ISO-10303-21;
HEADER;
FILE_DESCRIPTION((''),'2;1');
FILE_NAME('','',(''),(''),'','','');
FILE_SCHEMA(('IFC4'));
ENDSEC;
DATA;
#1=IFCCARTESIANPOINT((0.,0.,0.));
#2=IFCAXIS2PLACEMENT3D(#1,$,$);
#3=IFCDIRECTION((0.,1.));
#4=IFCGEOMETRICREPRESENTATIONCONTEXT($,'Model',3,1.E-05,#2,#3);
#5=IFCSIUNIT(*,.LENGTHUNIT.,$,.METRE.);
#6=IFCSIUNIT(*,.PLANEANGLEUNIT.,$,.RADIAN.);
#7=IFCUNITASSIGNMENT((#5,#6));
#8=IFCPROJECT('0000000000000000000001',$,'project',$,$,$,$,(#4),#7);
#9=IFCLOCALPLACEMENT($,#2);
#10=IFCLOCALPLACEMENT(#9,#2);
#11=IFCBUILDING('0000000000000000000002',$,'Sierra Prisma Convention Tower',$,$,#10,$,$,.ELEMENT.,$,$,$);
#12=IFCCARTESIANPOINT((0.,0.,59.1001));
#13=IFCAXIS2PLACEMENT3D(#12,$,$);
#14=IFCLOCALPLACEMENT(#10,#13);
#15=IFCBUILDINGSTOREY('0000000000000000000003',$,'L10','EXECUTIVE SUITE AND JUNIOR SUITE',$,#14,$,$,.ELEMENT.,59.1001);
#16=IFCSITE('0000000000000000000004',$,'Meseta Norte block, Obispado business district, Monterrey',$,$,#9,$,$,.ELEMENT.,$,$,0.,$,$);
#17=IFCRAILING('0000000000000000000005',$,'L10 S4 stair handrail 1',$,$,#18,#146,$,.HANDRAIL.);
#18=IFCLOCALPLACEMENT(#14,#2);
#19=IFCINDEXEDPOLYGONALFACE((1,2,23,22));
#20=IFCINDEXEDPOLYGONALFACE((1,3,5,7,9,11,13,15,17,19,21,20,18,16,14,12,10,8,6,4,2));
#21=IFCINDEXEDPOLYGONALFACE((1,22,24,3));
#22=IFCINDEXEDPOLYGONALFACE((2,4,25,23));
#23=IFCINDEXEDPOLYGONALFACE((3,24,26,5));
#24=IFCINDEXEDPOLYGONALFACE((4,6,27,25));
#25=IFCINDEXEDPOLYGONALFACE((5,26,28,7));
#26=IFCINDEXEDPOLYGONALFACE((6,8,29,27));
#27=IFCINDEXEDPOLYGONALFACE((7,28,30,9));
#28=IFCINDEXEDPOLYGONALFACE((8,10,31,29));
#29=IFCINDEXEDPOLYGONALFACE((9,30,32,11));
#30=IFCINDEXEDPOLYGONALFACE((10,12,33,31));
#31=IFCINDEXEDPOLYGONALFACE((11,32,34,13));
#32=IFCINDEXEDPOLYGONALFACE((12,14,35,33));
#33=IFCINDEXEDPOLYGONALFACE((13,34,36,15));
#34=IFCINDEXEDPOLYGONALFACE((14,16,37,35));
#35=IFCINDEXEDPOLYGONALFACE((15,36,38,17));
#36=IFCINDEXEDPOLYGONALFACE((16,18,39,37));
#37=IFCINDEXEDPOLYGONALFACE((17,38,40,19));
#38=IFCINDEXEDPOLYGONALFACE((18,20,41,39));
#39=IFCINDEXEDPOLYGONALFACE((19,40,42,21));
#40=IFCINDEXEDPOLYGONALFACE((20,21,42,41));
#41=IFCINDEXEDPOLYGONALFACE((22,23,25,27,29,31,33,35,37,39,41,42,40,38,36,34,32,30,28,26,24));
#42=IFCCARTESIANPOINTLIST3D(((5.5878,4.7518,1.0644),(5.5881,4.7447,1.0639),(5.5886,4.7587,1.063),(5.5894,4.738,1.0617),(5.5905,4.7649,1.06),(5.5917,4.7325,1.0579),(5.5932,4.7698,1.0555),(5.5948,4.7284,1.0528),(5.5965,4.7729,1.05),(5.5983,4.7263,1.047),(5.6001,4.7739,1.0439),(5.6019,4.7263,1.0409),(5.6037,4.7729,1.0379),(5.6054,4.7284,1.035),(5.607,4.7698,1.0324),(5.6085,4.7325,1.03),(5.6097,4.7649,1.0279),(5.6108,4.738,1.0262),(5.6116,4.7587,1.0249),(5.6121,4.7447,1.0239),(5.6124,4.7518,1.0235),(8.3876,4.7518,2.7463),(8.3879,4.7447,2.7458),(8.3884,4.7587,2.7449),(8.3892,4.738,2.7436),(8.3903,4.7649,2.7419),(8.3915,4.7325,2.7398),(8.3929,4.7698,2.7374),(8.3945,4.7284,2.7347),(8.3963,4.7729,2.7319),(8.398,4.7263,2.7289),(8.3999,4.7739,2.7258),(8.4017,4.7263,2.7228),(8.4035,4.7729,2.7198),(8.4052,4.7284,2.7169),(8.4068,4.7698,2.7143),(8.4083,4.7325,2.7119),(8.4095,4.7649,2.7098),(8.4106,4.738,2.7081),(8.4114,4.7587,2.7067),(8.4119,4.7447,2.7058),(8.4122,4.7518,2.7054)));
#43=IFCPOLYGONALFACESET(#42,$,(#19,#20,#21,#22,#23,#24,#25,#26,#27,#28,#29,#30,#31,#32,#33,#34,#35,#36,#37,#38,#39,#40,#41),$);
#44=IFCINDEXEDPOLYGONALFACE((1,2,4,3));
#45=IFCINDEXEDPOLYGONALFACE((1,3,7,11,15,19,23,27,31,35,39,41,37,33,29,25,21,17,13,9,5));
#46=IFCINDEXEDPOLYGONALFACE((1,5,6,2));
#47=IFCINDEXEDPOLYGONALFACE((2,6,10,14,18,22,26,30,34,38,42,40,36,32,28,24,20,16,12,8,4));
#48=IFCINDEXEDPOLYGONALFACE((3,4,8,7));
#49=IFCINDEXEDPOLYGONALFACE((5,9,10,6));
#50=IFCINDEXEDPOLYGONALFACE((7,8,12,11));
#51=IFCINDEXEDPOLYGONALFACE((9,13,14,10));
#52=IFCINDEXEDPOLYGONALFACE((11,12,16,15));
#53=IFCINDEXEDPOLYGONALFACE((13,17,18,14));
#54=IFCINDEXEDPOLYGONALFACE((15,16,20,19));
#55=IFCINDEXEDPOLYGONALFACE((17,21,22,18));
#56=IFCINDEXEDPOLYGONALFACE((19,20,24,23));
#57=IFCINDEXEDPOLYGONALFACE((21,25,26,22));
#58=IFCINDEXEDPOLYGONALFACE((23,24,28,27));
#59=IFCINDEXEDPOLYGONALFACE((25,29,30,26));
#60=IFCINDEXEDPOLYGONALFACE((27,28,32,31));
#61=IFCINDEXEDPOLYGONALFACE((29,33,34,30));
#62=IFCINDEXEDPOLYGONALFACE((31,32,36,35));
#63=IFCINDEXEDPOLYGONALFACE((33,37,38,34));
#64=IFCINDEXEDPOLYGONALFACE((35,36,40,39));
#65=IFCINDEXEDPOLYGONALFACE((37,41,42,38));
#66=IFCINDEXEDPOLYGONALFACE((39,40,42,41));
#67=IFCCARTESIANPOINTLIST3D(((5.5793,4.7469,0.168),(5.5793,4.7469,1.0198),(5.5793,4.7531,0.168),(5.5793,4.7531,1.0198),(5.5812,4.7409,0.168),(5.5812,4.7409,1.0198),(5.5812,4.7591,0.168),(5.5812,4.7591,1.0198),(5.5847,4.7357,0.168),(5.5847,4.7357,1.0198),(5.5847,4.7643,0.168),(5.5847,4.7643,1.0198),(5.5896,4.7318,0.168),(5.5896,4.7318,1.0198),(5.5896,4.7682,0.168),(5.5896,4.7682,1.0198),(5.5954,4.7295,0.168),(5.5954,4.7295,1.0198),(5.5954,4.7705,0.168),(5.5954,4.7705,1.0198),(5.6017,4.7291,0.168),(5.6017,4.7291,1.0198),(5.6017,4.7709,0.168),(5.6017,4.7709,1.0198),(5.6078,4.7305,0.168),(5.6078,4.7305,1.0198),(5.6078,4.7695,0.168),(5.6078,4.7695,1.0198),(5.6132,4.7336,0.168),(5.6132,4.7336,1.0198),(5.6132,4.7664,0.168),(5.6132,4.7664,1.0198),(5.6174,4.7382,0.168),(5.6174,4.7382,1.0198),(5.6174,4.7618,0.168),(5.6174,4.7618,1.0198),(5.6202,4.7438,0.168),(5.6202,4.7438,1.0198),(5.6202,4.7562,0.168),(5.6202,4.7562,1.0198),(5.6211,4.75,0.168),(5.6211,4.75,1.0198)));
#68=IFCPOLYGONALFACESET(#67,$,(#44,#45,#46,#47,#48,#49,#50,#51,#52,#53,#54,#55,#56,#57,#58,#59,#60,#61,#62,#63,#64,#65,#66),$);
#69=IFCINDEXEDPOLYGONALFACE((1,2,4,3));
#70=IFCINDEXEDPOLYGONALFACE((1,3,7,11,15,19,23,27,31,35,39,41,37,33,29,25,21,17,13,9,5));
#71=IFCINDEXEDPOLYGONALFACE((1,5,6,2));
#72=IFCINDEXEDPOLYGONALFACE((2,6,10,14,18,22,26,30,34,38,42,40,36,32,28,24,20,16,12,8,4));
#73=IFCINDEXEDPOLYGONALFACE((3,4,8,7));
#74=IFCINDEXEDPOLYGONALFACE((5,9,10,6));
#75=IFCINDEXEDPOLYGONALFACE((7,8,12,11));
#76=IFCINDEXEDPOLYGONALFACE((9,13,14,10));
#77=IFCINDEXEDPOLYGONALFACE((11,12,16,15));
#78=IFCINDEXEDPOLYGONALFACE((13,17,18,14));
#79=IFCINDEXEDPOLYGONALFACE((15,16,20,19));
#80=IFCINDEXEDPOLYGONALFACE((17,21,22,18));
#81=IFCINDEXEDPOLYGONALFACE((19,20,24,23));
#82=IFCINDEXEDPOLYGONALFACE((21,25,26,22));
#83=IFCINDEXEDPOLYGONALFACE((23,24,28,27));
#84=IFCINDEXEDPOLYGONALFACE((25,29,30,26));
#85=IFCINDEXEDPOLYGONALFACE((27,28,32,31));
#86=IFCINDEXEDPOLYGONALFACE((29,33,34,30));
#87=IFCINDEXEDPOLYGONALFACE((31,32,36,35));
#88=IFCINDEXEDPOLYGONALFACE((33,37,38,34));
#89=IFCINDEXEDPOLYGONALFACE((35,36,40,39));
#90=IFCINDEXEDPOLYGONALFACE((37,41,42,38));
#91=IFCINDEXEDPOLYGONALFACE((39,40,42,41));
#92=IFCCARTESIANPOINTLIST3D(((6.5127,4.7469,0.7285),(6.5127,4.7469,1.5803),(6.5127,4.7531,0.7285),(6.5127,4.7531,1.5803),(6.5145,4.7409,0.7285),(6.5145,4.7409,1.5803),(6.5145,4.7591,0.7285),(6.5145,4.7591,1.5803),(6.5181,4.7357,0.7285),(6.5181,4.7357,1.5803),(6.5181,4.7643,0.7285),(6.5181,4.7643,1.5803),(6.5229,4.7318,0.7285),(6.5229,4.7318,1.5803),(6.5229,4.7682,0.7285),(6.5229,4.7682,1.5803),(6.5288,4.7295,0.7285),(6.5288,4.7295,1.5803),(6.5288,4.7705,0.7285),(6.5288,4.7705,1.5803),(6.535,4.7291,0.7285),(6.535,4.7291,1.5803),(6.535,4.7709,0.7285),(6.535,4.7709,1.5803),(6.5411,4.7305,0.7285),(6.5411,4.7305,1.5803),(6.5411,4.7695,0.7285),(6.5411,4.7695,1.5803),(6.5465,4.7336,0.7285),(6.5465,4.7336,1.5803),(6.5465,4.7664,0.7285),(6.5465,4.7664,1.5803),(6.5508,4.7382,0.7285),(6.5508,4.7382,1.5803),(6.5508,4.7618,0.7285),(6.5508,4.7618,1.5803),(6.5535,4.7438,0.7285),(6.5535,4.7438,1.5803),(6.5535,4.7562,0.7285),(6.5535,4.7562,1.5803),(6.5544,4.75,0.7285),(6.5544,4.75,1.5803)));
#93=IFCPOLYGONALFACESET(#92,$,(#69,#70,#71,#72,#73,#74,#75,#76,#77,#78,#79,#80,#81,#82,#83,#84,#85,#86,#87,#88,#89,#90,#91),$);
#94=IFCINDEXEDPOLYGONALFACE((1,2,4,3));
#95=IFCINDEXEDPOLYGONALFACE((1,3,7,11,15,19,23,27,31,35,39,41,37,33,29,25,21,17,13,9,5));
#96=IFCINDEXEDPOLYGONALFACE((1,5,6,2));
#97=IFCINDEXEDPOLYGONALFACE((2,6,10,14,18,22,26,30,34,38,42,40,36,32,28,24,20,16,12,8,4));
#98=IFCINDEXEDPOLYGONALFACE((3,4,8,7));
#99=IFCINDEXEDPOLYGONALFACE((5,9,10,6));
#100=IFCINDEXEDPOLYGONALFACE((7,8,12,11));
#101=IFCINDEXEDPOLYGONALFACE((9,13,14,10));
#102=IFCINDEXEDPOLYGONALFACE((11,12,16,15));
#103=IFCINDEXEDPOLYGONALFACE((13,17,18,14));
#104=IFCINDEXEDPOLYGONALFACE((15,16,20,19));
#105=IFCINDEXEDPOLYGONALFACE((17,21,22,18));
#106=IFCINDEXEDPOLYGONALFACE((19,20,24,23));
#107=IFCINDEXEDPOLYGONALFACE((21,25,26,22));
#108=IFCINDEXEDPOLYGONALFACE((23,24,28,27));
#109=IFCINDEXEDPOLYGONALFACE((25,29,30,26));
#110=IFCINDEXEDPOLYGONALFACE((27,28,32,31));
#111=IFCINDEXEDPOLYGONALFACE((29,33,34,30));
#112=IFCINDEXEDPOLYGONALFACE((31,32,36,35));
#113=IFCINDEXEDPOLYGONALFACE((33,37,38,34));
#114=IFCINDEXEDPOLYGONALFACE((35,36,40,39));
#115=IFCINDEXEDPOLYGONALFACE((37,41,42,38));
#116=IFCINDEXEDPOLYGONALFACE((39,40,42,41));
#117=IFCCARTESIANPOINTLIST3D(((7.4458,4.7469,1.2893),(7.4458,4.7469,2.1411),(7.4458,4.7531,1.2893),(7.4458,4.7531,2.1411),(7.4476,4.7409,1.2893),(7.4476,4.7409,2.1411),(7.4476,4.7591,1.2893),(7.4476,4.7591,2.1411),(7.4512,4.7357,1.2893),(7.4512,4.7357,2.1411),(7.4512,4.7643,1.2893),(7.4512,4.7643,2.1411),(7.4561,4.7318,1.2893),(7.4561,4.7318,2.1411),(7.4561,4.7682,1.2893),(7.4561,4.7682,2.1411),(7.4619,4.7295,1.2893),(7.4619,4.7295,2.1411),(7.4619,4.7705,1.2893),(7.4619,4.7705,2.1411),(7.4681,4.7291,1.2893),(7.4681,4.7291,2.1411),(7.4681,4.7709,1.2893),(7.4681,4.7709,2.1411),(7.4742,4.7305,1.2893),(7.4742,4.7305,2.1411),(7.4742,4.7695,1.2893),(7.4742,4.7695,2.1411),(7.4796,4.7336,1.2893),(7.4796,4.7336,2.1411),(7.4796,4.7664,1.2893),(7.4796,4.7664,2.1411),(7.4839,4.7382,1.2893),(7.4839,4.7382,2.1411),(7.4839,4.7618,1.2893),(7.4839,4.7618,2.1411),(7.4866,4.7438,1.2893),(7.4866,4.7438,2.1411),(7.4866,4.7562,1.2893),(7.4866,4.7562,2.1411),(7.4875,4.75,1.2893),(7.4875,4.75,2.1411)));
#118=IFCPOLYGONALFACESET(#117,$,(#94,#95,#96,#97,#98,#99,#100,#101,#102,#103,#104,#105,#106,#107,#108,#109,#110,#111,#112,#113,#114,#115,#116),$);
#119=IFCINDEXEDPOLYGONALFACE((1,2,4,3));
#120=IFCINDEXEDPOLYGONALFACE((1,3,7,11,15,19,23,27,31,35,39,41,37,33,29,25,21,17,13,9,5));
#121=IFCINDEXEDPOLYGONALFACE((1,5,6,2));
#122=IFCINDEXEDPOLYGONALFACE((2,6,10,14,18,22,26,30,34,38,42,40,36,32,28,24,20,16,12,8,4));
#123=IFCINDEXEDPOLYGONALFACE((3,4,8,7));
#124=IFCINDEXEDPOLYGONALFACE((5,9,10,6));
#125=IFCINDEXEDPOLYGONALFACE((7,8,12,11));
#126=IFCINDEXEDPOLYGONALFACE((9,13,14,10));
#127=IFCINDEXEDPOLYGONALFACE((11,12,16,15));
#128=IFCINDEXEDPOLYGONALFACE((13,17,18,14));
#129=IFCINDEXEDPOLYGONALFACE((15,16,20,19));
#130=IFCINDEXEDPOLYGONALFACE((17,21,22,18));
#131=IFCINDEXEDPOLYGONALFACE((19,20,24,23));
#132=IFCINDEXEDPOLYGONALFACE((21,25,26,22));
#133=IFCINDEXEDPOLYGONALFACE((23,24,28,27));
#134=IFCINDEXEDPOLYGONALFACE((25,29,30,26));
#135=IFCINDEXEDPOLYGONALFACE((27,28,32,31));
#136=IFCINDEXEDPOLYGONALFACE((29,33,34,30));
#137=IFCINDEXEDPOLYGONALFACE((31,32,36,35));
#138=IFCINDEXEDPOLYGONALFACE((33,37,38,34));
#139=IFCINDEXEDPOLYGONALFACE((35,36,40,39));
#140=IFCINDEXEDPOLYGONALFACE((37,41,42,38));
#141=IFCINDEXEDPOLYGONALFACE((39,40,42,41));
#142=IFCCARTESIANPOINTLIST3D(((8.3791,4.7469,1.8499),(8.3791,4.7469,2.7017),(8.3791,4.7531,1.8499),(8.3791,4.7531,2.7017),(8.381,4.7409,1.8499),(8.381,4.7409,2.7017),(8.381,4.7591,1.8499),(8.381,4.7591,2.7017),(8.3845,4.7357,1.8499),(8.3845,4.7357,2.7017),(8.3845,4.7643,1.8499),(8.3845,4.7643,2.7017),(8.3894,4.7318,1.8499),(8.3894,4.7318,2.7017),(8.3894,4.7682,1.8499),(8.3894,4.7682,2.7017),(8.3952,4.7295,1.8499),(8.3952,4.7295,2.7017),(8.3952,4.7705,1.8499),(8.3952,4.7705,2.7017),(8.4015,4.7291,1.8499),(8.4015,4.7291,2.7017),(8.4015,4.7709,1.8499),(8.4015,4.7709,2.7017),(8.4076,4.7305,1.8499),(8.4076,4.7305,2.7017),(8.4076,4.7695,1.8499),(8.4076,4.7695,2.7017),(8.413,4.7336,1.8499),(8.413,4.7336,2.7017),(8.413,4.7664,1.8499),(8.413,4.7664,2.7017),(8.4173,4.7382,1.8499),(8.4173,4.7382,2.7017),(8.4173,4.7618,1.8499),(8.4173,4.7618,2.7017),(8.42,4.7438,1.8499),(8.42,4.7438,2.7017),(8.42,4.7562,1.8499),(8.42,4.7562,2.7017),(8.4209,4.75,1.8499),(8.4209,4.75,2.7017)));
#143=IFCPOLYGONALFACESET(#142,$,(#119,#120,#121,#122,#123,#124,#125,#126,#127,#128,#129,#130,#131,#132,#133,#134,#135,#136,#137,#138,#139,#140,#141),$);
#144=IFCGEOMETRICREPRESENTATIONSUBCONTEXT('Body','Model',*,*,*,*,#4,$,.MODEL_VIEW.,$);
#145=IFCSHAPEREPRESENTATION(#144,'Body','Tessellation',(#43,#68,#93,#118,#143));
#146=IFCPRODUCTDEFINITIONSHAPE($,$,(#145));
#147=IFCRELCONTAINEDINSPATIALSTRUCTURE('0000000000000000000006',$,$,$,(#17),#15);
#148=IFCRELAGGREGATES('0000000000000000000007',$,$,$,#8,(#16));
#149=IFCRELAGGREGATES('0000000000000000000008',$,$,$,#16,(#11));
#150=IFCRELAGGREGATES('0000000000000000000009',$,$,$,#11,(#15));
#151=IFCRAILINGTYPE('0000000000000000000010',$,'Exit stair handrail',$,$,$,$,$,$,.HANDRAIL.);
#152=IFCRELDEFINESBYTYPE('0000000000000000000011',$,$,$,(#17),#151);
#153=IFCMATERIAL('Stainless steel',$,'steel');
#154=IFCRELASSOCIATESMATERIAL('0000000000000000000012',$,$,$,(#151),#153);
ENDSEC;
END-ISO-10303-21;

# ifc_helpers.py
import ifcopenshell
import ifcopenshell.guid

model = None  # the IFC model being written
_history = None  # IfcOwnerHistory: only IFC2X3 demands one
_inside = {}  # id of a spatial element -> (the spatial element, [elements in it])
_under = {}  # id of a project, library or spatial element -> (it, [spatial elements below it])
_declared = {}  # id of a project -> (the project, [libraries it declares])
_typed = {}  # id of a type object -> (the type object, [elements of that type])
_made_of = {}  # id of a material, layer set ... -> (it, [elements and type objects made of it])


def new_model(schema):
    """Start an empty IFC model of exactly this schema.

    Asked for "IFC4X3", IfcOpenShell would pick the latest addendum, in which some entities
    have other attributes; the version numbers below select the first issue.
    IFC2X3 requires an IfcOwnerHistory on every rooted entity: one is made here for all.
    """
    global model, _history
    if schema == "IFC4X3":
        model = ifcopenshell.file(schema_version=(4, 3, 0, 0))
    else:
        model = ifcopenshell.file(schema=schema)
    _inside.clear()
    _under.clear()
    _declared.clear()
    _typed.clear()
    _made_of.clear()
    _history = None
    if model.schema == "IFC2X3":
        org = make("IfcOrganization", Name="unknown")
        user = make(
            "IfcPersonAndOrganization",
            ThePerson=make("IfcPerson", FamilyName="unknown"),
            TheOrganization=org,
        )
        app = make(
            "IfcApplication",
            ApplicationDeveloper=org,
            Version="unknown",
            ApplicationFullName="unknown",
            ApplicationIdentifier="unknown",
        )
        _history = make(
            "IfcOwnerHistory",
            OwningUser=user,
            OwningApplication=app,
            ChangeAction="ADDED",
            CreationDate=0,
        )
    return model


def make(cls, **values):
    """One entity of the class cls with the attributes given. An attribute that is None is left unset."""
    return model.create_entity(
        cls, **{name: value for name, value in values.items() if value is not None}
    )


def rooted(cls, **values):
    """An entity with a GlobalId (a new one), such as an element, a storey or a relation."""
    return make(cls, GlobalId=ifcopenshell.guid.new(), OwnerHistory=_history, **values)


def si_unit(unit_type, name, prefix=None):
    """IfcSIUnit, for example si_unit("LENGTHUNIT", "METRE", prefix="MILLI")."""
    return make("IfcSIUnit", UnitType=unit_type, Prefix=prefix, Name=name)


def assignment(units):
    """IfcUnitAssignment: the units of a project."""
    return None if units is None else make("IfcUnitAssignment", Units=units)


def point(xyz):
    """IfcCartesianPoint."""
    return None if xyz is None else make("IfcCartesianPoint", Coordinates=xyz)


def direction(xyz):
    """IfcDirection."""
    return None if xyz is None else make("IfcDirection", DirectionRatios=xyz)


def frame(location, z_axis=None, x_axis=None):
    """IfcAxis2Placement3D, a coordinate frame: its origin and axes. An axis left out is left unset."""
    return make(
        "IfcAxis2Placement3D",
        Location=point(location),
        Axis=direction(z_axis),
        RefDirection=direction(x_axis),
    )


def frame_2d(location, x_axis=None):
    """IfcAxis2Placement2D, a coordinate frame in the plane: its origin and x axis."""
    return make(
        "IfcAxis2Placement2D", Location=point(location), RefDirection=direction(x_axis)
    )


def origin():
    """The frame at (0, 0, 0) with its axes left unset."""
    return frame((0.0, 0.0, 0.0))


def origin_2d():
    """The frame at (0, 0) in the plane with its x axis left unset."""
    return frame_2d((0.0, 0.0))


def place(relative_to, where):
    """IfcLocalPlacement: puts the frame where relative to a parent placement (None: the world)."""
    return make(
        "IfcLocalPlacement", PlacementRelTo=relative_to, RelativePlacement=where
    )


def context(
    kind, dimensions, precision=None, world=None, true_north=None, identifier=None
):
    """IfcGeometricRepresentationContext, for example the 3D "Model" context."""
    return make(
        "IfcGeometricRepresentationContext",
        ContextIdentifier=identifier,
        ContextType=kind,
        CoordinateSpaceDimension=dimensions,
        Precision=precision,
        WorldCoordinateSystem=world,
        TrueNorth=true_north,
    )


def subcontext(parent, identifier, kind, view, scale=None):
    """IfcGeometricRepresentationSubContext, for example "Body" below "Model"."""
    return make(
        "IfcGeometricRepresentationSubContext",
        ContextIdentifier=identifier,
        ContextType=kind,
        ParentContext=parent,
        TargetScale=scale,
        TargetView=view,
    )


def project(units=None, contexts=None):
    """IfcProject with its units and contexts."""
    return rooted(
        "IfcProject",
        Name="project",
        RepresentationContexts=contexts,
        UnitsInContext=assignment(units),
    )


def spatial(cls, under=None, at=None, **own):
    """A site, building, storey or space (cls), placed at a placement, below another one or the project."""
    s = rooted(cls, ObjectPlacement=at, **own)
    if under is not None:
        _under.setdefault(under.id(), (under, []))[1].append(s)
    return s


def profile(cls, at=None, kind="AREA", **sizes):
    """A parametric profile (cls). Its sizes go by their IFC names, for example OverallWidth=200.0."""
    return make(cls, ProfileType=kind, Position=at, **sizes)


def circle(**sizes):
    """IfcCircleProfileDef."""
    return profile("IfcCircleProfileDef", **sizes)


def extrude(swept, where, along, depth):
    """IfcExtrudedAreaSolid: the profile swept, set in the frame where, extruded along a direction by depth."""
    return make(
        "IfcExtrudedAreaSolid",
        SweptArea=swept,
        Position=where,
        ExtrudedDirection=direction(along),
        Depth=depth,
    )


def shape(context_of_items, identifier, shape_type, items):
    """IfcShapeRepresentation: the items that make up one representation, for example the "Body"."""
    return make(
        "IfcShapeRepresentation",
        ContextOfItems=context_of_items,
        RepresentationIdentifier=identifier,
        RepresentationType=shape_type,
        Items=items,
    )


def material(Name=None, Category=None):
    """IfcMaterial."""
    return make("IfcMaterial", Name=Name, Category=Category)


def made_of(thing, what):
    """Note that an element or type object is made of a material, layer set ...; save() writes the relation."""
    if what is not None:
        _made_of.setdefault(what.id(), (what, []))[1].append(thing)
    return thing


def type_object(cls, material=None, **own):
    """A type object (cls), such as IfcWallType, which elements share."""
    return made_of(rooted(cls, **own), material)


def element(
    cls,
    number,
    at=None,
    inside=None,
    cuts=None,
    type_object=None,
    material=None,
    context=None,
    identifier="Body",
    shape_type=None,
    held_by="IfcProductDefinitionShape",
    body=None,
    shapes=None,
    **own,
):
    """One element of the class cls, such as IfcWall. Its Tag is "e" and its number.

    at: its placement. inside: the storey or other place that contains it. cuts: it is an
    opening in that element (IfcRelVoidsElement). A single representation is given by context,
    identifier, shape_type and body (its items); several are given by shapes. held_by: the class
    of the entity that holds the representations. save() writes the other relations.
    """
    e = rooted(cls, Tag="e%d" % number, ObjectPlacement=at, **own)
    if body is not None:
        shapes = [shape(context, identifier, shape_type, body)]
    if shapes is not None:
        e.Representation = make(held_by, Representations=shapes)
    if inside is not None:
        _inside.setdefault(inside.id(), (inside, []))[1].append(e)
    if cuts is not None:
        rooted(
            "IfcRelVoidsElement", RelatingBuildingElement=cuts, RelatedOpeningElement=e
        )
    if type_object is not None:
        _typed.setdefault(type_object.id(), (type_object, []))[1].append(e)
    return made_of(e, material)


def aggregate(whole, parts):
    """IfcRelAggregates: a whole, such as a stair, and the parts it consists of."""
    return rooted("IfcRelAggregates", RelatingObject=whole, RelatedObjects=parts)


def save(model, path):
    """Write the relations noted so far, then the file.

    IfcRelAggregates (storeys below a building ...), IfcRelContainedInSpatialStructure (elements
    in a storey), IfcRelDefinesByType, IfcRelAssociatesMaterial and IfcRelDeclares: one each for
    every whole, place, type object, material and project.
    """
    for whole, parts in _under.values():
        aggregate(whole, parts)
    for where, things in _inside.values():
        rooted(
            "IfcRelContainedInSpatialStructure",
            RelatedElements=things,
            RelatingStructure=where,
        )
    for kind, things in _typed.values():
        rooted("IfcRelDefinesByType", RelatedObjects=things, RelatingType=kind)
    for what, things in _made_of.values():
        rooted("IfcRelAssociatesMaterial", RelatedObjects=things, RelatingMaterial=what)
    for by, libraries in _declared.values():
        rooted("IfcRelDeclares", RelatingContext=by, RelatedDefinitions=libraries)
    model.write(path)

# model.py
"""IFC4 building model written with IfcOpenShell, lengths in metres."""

from ifc_helpers import new_model, si_unit, direction, frame, origin, origin_2d, place, context, subcontext, project, spatial, circle, extrude, material, type_object, element, save


model = new_model("IFC4")

# Units and contexts
model_context = context("Model", 3, precision=1e-05, world=origin(), true_north=direction((0.0, 1.0)))
body_context = subcontext(model_context, "Body", "Model", "MODEL_VIEW")
ifc_project = project(units=[si_unit("LENGTHUNIT", "METRE"), si_unit("PLANEANGLEUNIT", "RADIAN")], contexts=[model_context])

# Site, building, storey
site_placement = place(None, origin())
site = spatial("IfcSite", under=ifc_project, at=site_placement, Name="Meseta Norte block, Obispado business district, Monterrey", CompositionType="ELEMENT", RefElevation=0.0)
building_placement = place(site_placement, origin())
building = spatial("IfcBuilding", under=site, at=building_placement, Name="Sierra Prisma Convention Tower", CompositionType="ELEMENT")
storey_placement = place(building_placement, frame((0.0, 0.0, 59.1001)))
storey = spatial("IfcBuildingStorey", under=building, at=storey_placement, Name="L10", Description="EXECUTIVE SUITE AND JUNIOR SUITE", CompositionType="ELEMENT", Elevation=59.1001)

# Railing
ifc_material_1 = material(Name="Stainless steel", Category="steel")
railing_type_1 = type_object("IfcRailingType", Name="Exit stair handrail", PredefinedType="HANDRAIL", material=ifc_material_1)
railing_1_placement = place(storey_placement, frame((5.6001, 4.75, 0.168)))
element("IfcRailing", 1, at=railing_1_placement, inside=storey, type_object=railing_type_1, Name="L10 S4 stair handrail 1", PredefinedType="HANDRAIL", context=body_context, shape_type="SweptSolid", body=[
    extrude(circle(Radius=0.0239, at=origin_2d()), frame((0.0, 0.0, 0.876), z_axis=(0.857222, 0.0, 0.514946), x_axis=(0.0, 1.0, 0.0)), (0.0, 0.0, 1.0), 3.2661),
    extrude(circle(Radius=0.021, at=origin_2d()), origin(), (0.0, 0.0, 1.0), 0.8518),
    extrude(circle(Radius=0.021, at=origin_2d()), frame((0.9333, 0.0, 0.5605)), (0.0, 0.0, 1.0), 0.8518),
    extrude(circle(Radius=0.021, at=origin_2d()), frame((1.8665, 0.0, 1.1213)), (0.0, 0.0, 1.0), 0.8518),
    extrude(circle(Radius=0.021, at=origin_2d()), frame((2.7998, 0.0, 1.6819)), (0.0, 0.0, 1.0), 0.8518),
])

save(model, "model.ifc")
